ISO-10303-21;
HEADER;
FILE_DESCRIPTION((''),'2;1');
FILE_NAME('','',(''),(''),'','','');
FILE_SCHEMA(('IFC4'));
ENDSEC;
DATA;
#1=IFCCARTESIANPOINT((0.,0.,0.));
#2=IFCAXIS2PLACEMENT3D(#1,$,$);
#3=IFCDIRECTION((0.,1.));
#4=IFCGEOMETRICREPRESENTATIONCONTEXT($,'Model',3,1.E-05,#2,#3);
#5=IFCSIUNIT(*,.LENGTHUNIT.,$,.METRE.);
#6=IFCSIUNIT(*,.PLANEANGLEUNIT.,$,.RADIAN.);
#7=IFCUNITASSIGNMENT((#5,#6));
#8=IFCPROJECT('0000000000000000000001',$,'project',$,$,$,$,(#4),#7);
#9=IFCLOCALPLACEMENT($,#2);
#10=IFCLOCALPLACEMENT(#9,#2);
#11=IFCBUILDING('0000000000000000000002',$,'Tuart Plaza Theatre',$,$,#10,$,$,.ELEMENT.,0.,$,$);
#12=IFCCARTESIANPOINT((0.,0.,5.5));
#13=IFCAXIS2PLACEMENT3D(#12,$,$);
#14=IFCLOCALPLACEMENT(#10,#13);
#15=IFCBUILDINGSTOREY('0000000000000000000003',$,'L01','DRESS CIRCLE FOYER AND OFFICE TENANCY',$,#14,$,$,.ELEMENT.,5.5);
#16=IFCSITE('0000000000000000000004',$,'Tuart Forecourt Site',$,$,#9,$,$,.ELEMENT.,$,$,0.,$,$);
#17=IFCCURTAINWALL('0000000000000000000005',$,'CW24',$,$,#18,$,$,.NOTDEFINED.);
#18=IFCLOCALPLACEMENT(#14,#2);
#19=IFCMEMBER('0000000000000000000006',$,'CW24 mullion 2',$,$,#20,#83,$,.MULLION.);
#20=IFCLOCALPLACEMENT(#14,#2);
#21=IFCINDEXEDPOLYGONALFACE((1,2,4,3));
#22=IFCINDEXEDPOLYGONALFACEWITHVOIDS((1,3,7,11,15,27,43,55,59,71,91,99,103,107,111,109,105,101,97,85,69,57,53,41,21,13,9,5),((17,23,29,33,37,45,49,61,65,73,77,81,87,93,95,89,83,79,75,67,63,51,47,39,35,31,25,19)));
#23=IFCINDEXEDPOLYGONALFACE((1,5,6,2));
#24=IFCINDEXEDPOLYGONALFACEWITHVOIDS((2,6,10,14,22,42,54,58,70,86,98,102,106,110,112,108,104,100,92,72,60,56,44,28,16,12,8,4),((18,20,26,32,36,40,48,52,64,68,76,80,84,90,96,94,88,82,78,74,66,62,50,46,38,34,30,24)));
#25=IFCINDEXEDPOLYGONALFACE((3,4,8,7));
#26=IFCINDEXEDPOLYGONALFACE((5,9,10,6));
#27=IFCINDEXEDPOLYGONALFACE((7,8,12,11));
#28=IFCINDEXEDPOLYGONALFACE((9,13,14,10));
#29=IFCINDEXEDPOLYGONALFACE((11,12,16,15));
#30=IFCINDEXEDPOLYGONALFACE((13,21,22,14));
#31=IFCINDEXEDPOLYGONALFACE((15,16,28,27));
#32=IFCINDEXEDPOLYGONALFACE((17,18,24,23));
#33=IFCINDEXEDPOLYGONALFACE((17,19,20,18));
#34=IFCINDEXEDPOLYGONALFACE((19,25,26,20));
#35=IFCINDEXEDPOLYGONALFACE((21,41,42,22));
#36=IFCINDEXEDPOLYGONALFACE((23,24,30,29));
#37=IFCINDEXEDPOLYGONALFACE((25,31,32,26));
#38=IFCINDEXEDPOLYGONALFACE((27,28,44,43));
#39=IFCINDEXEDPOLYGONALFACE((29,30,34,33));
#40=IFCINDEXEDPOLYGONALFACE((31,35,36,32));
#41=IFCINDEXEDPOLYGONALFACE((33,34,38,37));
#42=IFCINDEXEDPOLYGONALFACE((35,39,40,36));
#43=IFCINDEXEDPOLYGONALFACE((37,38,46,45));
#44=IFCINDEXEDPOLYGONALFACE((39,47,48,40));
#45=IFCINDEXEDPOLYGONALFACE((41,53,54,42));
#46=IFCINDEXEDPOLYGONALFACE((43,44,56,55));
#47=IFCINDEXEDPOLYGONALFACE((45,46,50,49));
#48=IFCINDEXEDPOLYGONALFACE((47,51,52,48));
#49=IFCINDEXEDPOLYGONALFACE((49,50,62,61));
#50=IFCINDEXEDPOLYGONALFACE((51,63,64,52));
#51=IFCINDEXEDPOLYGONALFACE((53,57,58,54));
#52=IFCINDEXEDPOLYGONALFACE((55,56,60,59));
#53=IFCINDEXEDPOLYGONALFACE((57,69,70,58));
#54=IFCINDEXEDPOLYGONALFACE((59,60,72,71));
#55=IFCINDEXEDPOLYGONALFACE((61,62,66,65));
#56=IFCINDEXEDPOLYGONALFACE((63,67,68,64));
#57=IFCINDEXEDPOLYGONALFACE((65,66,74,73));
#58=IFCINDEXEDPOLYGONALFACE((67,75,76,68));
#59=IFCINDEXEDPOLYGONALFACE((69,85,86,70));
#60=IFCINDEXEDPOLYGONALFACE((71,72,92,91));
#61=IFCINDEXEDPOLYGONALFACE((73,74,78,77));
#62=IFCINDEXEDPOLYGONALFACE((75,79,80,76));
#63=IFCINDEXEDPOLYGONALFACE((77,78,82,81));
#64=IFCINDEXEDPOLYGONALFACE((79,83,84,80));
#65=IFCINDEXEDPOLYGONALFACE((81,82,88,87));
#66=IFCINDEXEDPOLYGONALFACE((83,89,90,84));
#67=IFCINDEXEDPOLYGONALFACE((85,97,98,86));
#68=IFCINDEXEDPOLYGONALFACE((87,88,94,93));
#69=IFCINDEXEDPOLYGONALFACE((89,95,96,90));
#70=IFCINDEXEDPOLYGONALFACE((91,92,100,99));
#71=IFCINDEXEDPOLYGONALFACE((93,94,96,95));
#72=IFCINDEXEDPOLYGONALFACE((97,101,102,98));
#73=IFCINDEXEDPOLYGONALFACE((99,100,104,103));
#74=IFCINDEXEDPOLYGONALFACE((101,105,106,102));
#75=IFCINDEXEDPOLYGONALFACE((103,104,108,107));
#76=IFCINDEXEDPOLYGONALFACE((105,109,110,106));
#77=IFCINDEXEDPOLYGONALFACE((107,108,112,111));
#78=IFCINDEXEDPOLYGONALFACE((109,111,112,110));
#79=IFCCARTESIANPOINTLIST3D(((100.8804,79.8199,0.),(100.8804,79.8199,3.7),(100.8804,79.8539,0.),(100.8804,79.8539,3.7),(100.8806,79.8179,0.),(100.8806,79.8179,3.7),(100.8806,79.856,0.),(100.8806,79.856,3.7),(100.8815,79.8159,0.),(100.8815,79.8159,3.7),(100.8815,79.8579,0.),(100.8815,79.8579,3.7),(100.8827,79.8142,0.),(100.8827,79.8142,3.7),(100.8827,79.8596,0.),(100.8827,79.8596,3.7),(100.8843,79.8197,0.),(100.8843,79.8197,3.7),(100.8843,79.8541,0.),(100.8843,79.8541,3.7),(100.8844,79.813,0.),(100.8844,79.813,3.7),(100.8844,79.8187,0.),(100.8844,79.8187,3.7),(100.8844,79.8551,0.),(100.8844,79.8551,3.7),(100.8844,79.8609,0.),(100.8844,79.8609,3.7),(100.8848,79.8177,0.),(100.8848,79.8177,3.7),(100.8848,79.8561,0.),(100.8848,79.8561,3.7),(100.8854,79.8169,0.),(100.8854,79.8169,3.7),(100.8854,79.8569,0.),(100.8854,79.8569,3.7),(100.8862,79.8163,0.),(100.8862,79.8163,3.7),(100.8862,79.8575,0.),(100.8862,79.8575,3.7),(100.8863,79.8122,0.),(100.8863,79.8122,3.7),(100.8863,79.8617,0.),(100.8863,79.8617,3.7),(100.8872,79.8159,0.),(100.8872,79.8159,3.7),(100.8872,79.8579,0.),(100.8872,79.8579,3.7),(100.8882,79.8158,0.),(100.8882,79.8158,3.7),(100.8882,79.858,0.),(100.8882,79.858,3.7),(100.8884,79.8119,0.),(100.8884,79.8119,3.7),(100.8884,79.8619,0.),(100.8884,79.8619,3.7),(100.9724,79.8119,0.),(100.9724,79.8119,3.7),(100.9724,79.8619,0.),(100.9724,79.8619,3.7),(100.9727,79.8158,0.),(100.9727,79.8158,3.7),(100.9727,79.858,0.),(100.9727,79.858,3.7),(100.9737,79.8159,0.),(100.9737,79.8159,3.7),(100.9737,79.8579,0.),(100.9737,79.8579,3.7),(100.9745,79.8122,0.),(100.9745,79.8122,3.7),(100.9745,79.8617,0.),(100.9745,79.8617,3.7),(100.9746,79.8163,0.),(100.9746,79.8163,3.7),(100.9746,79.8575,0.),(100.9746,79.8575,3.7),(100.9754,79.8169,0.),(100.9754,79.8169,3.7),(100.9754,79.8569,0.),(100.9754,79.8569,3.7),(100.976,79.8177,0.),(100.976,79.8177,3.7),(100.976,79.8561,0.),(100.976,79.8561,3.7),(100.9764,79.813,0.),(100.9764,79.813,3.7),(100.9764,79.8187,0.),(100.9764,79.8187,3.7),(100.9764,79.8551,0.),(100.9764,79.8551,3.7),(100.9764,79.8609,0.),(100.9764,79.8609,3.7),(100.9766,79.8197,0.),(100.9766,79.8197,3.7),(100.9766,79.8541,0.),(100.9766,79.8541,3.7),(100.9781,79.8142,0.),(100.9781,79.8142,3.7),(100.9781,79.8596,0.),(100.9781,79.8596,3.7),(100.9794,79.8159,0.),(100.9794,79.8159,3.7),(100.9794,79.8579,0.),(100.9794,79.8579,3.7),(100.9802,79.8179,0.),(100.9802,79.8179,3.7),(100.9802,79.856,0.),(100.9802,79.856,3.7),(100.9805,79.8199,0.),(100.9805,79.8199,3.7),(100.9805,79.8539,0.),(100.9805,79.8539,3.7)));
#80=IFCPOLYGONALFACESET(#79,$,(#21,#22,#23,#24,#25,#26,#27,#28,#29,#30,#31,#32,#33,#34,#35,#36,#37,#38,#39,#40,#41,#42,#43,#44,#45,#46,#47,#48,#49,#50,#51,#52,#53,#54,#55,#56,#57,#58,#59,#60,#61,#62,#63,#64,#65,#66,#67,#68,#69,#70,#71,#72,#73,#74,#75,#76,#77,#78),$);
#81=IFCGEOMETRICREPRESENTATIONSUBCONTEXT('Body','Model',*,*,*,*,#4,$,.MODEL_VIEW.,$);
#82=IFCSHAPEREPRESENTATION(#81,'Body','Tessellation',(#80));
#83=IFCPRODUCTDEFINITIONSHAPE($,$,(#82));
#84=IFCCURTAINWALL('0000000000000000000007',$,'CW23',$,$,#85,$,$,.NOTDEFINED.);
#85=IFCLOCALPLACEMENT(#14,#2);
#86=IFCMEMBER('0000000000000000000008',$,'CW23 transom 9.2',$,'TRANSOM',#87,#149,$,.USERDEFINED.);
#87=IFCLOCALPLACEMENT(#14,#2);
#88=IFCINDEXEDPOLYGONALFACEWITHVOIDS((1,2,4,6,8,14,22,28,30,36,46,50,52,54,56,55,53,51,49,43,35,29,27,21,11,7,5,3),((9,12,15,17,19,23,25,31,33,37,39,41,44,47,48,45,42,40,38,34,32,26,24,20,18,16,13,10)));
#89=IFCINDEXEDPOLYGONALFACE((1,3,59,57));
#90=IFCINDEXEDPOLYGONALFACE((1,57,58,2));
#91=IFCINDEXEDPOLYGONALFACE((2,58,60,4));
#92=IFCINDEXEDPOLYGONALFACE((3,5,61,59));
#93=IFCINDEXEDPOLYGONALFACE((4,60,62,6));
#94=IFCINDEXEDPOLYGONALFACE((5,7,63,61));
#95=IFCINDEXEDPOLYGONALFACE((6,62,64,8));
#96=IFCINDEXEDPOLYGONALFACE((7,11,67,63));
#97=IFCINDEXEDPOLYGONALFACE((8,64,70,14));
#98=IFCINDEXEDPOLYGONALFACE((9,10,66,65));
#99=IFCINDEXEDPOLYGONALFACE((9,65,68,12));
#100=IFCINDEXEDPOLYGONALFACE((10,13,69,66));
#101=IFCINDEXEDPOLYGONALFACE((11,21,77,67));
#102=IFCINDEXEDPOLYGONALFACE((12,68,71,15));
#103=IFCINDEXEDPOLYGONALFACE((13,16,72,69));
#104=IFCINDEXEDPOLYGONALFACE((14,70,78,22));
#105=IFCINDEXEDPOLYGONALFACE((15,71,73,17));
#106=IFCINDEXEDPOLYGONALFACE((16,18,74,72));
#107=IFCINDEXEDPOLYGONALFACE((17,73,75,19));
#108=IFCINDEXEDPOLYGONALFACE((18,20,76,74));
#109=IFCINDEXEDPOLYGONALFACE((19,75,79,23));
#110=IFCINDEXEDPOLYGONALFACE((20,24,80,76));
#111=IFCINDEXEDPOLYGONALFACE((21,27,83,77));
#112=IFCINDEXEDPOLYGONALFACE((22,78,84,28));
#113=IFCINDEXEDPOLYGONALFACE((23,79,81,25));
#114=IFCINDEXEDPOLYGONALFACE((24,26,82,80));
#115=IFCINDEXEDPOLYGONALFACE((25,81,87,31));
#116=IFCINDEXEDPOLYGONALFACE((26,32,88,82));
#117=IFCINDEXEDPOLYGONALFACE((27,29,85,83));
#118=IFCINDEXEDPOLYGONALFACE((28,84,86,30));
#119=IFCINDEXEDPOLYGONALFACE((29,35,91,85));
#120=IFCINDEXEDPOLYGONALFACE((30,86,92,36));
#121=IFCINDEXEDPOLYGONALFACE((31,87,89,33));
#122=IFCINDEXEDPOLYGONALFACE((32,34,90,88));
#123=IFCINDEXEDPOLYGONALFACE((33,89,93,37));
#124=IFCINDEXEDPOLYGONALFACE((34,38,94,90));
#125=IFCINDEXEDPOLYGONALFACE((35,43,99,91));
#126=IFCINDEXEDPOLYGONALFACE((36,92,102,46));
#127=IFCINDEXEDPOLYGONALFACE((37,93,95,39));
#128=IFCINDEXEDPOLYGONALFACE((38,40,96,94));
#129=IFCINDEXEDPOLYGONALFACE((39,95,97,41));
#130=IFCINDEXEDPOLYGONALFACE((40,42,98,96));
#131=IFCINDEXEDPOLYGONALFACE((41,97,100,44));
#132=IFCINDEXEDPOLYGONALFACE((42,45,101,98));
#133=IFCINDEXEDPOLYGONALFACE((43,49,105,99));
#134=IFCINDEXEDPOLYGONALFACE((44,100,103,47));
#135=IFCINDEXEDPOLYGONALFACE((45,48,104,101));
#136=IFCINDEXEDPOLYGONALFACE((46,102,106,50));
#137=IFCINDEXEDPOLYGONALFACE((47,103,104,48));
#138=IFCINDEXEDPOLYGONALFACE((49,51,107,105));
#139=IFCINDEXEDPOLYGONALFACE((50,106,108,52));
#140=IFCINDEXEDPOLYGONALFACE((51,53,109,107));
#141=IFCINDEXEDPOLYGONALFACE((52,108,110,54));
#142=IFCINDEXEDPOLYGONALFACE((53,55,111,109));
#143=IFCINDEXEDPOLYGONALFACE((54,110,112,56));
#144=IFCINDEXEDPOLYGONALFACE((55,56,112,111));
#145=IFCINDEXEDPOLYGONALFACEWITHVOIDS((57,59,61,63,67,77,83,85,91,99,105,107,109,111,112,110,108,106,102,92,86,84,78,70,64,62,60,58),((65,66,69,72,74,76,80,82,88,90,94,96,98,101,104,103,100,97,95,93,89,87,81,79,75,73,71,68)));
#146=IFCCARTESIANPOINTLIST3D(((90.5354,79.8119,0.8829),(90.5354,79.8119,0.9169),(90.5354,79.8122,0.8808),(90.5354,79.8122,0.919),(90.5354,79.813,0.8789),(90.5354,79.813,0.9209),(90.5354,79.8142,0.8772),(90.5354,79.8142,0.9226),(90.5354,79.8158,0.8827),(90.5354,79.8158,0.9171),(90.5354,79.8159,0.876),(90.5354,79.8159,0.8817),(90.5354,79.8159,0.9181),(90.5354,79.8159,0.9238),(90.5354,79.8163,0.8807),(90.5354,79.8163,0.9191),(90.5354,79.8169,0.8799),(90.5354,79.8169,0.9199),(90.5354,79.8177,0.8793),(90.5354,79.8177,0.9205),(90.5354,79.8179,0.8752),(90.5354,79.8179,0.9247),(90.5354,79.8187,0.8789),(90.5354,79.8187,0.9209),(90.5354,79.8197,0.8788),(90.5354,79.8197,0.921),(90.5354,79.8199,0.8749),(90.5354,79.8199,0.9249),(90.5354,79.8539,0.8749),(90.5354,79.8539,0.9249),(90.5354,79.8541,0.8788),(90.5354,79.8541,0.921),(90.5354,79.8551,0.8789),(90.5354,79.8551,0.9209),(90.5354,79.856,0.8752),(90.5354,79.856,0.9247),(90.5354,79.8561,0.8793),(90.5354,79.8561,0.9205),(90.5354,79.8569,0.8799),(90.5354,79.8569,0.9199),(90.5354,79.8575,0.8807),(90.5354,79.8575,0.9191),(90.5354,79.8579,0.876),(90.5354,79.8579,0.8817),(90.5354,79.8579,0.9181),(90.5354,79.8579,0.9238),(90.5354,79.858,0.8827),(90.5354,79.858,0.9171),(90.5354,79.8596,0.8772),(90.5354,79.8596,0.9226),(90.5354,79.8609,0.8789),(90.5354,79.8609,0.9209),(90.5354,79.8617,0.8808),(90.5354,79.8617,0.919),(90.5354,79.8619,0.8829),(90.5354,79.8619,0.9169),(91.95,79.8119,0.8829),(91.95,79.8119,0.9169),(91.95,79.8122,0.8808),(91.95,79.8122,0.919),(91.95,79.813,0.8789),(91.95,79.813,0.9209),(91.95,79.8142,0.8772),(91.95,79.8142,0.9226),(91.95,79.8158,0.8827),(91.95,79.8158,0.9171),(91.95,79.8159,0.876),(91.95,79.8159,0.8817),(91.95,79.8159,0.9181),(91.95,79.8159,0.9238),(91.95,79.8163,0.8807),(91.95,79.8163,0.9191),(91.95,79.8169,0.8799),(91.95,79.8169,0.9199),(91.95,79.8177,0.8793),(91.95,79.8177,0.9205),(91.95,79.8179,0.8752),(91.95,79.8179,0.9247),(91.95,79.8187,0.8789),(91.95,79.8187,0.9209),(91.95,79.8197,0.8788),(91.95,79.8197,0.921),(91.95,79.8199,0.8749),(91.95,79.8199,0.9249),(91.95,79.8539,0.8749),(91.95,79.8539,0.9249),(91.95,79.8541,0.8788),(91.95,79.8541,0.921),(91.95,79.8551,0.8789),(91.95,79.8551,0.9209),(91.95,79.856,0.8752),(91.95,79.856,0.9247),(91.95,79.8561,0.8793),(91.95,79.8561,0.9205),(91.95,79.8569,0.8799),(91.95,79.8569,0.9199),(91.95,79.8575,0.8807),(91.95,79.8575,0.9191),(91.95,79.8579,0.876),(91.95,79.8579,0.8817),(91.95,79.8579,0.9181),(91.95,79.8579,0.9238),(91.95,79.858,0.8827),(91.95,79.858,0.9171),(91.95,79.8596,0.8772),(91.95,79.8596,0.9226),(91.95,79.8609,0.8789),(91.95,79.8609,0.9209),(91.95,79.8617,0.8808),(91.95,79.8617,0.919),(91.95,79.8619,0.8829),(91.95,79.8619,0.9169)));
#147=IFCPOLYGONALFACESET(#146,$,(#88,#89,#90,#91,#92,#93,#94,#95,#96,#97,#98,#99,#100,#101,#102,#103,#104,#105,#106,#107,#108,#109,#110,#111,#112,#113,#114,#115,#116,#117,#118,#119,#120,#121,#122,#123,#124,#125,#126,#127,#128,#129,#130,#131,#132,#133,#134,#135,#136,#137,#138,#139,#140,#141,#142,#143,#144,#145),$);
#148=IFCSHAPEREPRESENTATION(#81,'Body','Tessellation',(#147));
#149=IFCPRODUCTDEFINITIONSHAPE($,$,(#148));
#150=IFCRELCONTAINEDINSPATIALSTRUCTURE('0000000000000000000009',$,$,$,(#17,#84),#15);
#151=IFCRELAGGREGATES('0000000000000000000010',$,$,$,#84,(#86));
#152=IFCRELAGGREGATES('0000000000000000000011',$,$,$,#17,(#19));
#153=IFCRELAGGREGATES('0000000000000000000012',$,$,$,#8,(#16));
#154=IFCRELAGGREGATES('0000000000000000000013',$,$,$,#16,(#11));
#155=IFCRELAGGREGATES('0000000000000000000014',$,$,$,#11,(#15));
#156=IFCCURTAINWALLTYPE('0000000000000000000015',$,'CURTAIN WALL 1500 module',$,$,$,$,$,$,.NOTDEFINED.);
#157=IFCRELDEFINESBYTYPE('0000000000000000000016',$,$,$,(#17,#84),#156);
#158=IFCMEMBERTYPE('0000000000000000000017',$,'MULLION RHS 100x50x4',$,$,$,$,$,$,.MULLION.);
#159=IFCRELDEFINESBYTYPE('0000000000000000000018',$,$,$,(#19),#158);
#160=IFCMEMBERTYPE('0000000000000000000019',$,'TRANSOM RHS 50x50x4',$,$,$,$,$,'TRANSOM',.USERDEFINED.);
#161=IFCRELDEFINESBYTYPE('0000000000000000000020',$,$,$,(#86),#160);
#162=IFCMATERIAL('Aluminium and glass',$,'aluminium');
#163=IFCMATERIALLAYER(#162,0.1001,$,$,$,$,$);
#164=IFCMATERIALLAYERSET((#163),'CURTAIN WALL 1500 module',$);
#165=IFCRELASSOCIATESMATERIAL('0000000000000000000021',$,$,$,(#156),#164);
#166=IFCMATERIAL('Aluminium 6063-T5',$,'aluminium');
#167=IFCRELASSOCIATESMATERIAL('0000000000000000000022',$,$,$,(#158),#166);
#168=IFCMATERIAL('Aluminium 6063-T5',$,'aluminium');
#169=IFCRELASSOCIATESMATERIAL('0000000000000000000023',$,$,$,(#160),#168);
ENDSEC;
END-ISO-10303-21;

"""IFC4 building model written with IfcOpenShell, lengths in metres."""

from ifc_helpers import new_model, si_unit, direction, frame, origin, origin_2d, place, context, subcontext, project, spatial, hollow_rectangle, extrude, material, layer, layer_set, material_profile, profile_set, type_object, element, aggregate, save


model = new_model("IFC4")

# Units and contexts
model_context = context("Model", 3, precision=1e-05, world=origin(), true_north=direction((0.0, 1.0)))
body_context = subcontext(model_context, "Body", "Model", "MODEL_VIEW")
ifc_project = project(units=[si_unit("LENGTHUNIT", "METRE"), si_unit("PLANEANGLEUNIT", "RADIAN")], contexts=[model_context])

# Site, building, storey
site_placement = place(None, origin())
site = spatial("IfcSite", under=ifc_project, at=site_placement, Name="Tuart Forecourt Site", CompositionType="ELEMENT", RefElevation=0.0)
building_placement = place(site_placement, origin())
building = spatial("IfcBuilding", under=site, at=building_placement, Name="Tuart Plaza Theatre", CompositionType="ELEMENT", ElevationOfRefHeight=0.0)
storey_placement = place(building_placement, frame((0.0, 0.0, 5.5)))
storey = spatial("IfcBuildingStorey", under=building, at=storey_placement, Name="L01", Description="DRESS CIRCLE FOYER AND OFFICE TENANCY", CompositionType="ELEMENT", Elevation=5.5)

# Curtain wall, member
ifc_material_1 = material(Name="Aluminium and glass", Category="aluminium")
ifc_layer_1 = layer(ifc_material_1, 0.1001)
ifc_layer_set_1 = layer_set([ifc_layer_1], Name="CURTAIN WALL 1500 module")
curtain_wall_type = type_object("IfcCurtainWallType", Name="CURTAIN WALL 1500 module", PredefinedType="NOTDEFINED", material=ifc_layer_set_1)
curtain_wall_1_placement = place(storey_placement, origin())
curtain_wall_1 = element("IfcCurtainWall", 1, at=curtain_wall_1_placement, inside=storey, type_object=curtain_wall_type, Name="CW24", PredefinedType="NOTDEFINED")
ifc_material_2 = material(Name="Aluminium 6063-T5", Category="aluminium")
ifc_material_profile_1 = material_profile(ifc_material_2, hollow_rectangle(XDim=0.05, YDim=0.1001, WallThickness=0.0039, InnerFilletRadius=0.0039, OuterFilletRadius=0.0081, at=origin_2d()), Name="RHS 100x50x4")
ifc_profile_set_1 = profile_set([ifc_material_profile_1], Name="Aluminium 6063-T5")
member_type_1 = type_object("IfcMemberType", Name="MULLION RHS 100x50x4", PredefinedType="MULLION", material=ifc_profile_set_1)
member_1_placement = place(storey_placement, frame((100.9304, 79.8369, 0.0), z_axis=(0.0, 0.0, 1.0), x_axis=(0.0, 1.0, 0.0)))
member_1 = element("IfcMember", 2, at=member_1_placement, type_object=member_type_1, Name="CW24 mullion 2", PredefinedType="MULLION", context=body_context, shape_type="SweptSolid", body=[
    extrude(hollow_rectangle(XDim=0.05, YDim=0.1001, WallThickness=0.0039, InnerFilletRadius=0.0039, OuterFilletRadius=0.0081, at=origin_2d()), origin(), (0.0, 0.0, 1.0), 3.7),
])

# Curtain wall, member
curtain_wall_2_placement = place(storey_placement, origin())
curtain_wall_2 = element("IfcCurtainWall", 3, at=curtain_wall_2_placement, inside=storey, type_object=curtain_wall_type, Name="CW23", PredefinedType="NOTDEFINED")
ifc_material_3 = material(Name="Aluminium 6063-T5", Category="aluminium")
ifc_material_profile_2 = material_profile(ifc_material_3, hollow_rectangle(XDim=0.05, YDim=0.05, WallThickness=0.0039, InnerFilletRadius=0.0039, OuterFilletRadius=0.0081, at=origin_2d()), Name="RHS 50x50x4")
ifc_profile_set_2 = profile_set([ifc_material_profile_2], Name="Aluminium 6063-T5")
member_type_2 = type_object("IfcMemberType", Name="TRANSOM RHS 50x50x4", ElementType="TRANSOM", PredefinedType="USERDEFINED", material=ifc_profile_set_2)
member_2_placement = place(storey_placement, frame((90.5354, 79.8369, 0.8999), z_axis=(1.0, 0.0, 0.0), x_axis=(0.0, 1.0, 0.0)))
member_2 = element("IfcMember", 4, at=member_2_placement, type_object=member_type_2, Name="CW23 transom 9.2", ObjectType="TRANSOM", PredefinedType="USERDEFINED", context=body_context, shape_type="SweptSolid", body=[
    extrude(hollow_rectangle(XDim=0.05, YDim=0.05, WallThickness=0.0039, InnerFilletRadius=0.0039, OuterFilletRadius=0.0081, at=origin_2d()), origin(), (0.0, 0.0, 1.0), 1.4146),
])

aggregate(curtain_wall_2, [member_2])
aggregate(curtain_wall_1, [member_1])

save(model, "model.ifc")
